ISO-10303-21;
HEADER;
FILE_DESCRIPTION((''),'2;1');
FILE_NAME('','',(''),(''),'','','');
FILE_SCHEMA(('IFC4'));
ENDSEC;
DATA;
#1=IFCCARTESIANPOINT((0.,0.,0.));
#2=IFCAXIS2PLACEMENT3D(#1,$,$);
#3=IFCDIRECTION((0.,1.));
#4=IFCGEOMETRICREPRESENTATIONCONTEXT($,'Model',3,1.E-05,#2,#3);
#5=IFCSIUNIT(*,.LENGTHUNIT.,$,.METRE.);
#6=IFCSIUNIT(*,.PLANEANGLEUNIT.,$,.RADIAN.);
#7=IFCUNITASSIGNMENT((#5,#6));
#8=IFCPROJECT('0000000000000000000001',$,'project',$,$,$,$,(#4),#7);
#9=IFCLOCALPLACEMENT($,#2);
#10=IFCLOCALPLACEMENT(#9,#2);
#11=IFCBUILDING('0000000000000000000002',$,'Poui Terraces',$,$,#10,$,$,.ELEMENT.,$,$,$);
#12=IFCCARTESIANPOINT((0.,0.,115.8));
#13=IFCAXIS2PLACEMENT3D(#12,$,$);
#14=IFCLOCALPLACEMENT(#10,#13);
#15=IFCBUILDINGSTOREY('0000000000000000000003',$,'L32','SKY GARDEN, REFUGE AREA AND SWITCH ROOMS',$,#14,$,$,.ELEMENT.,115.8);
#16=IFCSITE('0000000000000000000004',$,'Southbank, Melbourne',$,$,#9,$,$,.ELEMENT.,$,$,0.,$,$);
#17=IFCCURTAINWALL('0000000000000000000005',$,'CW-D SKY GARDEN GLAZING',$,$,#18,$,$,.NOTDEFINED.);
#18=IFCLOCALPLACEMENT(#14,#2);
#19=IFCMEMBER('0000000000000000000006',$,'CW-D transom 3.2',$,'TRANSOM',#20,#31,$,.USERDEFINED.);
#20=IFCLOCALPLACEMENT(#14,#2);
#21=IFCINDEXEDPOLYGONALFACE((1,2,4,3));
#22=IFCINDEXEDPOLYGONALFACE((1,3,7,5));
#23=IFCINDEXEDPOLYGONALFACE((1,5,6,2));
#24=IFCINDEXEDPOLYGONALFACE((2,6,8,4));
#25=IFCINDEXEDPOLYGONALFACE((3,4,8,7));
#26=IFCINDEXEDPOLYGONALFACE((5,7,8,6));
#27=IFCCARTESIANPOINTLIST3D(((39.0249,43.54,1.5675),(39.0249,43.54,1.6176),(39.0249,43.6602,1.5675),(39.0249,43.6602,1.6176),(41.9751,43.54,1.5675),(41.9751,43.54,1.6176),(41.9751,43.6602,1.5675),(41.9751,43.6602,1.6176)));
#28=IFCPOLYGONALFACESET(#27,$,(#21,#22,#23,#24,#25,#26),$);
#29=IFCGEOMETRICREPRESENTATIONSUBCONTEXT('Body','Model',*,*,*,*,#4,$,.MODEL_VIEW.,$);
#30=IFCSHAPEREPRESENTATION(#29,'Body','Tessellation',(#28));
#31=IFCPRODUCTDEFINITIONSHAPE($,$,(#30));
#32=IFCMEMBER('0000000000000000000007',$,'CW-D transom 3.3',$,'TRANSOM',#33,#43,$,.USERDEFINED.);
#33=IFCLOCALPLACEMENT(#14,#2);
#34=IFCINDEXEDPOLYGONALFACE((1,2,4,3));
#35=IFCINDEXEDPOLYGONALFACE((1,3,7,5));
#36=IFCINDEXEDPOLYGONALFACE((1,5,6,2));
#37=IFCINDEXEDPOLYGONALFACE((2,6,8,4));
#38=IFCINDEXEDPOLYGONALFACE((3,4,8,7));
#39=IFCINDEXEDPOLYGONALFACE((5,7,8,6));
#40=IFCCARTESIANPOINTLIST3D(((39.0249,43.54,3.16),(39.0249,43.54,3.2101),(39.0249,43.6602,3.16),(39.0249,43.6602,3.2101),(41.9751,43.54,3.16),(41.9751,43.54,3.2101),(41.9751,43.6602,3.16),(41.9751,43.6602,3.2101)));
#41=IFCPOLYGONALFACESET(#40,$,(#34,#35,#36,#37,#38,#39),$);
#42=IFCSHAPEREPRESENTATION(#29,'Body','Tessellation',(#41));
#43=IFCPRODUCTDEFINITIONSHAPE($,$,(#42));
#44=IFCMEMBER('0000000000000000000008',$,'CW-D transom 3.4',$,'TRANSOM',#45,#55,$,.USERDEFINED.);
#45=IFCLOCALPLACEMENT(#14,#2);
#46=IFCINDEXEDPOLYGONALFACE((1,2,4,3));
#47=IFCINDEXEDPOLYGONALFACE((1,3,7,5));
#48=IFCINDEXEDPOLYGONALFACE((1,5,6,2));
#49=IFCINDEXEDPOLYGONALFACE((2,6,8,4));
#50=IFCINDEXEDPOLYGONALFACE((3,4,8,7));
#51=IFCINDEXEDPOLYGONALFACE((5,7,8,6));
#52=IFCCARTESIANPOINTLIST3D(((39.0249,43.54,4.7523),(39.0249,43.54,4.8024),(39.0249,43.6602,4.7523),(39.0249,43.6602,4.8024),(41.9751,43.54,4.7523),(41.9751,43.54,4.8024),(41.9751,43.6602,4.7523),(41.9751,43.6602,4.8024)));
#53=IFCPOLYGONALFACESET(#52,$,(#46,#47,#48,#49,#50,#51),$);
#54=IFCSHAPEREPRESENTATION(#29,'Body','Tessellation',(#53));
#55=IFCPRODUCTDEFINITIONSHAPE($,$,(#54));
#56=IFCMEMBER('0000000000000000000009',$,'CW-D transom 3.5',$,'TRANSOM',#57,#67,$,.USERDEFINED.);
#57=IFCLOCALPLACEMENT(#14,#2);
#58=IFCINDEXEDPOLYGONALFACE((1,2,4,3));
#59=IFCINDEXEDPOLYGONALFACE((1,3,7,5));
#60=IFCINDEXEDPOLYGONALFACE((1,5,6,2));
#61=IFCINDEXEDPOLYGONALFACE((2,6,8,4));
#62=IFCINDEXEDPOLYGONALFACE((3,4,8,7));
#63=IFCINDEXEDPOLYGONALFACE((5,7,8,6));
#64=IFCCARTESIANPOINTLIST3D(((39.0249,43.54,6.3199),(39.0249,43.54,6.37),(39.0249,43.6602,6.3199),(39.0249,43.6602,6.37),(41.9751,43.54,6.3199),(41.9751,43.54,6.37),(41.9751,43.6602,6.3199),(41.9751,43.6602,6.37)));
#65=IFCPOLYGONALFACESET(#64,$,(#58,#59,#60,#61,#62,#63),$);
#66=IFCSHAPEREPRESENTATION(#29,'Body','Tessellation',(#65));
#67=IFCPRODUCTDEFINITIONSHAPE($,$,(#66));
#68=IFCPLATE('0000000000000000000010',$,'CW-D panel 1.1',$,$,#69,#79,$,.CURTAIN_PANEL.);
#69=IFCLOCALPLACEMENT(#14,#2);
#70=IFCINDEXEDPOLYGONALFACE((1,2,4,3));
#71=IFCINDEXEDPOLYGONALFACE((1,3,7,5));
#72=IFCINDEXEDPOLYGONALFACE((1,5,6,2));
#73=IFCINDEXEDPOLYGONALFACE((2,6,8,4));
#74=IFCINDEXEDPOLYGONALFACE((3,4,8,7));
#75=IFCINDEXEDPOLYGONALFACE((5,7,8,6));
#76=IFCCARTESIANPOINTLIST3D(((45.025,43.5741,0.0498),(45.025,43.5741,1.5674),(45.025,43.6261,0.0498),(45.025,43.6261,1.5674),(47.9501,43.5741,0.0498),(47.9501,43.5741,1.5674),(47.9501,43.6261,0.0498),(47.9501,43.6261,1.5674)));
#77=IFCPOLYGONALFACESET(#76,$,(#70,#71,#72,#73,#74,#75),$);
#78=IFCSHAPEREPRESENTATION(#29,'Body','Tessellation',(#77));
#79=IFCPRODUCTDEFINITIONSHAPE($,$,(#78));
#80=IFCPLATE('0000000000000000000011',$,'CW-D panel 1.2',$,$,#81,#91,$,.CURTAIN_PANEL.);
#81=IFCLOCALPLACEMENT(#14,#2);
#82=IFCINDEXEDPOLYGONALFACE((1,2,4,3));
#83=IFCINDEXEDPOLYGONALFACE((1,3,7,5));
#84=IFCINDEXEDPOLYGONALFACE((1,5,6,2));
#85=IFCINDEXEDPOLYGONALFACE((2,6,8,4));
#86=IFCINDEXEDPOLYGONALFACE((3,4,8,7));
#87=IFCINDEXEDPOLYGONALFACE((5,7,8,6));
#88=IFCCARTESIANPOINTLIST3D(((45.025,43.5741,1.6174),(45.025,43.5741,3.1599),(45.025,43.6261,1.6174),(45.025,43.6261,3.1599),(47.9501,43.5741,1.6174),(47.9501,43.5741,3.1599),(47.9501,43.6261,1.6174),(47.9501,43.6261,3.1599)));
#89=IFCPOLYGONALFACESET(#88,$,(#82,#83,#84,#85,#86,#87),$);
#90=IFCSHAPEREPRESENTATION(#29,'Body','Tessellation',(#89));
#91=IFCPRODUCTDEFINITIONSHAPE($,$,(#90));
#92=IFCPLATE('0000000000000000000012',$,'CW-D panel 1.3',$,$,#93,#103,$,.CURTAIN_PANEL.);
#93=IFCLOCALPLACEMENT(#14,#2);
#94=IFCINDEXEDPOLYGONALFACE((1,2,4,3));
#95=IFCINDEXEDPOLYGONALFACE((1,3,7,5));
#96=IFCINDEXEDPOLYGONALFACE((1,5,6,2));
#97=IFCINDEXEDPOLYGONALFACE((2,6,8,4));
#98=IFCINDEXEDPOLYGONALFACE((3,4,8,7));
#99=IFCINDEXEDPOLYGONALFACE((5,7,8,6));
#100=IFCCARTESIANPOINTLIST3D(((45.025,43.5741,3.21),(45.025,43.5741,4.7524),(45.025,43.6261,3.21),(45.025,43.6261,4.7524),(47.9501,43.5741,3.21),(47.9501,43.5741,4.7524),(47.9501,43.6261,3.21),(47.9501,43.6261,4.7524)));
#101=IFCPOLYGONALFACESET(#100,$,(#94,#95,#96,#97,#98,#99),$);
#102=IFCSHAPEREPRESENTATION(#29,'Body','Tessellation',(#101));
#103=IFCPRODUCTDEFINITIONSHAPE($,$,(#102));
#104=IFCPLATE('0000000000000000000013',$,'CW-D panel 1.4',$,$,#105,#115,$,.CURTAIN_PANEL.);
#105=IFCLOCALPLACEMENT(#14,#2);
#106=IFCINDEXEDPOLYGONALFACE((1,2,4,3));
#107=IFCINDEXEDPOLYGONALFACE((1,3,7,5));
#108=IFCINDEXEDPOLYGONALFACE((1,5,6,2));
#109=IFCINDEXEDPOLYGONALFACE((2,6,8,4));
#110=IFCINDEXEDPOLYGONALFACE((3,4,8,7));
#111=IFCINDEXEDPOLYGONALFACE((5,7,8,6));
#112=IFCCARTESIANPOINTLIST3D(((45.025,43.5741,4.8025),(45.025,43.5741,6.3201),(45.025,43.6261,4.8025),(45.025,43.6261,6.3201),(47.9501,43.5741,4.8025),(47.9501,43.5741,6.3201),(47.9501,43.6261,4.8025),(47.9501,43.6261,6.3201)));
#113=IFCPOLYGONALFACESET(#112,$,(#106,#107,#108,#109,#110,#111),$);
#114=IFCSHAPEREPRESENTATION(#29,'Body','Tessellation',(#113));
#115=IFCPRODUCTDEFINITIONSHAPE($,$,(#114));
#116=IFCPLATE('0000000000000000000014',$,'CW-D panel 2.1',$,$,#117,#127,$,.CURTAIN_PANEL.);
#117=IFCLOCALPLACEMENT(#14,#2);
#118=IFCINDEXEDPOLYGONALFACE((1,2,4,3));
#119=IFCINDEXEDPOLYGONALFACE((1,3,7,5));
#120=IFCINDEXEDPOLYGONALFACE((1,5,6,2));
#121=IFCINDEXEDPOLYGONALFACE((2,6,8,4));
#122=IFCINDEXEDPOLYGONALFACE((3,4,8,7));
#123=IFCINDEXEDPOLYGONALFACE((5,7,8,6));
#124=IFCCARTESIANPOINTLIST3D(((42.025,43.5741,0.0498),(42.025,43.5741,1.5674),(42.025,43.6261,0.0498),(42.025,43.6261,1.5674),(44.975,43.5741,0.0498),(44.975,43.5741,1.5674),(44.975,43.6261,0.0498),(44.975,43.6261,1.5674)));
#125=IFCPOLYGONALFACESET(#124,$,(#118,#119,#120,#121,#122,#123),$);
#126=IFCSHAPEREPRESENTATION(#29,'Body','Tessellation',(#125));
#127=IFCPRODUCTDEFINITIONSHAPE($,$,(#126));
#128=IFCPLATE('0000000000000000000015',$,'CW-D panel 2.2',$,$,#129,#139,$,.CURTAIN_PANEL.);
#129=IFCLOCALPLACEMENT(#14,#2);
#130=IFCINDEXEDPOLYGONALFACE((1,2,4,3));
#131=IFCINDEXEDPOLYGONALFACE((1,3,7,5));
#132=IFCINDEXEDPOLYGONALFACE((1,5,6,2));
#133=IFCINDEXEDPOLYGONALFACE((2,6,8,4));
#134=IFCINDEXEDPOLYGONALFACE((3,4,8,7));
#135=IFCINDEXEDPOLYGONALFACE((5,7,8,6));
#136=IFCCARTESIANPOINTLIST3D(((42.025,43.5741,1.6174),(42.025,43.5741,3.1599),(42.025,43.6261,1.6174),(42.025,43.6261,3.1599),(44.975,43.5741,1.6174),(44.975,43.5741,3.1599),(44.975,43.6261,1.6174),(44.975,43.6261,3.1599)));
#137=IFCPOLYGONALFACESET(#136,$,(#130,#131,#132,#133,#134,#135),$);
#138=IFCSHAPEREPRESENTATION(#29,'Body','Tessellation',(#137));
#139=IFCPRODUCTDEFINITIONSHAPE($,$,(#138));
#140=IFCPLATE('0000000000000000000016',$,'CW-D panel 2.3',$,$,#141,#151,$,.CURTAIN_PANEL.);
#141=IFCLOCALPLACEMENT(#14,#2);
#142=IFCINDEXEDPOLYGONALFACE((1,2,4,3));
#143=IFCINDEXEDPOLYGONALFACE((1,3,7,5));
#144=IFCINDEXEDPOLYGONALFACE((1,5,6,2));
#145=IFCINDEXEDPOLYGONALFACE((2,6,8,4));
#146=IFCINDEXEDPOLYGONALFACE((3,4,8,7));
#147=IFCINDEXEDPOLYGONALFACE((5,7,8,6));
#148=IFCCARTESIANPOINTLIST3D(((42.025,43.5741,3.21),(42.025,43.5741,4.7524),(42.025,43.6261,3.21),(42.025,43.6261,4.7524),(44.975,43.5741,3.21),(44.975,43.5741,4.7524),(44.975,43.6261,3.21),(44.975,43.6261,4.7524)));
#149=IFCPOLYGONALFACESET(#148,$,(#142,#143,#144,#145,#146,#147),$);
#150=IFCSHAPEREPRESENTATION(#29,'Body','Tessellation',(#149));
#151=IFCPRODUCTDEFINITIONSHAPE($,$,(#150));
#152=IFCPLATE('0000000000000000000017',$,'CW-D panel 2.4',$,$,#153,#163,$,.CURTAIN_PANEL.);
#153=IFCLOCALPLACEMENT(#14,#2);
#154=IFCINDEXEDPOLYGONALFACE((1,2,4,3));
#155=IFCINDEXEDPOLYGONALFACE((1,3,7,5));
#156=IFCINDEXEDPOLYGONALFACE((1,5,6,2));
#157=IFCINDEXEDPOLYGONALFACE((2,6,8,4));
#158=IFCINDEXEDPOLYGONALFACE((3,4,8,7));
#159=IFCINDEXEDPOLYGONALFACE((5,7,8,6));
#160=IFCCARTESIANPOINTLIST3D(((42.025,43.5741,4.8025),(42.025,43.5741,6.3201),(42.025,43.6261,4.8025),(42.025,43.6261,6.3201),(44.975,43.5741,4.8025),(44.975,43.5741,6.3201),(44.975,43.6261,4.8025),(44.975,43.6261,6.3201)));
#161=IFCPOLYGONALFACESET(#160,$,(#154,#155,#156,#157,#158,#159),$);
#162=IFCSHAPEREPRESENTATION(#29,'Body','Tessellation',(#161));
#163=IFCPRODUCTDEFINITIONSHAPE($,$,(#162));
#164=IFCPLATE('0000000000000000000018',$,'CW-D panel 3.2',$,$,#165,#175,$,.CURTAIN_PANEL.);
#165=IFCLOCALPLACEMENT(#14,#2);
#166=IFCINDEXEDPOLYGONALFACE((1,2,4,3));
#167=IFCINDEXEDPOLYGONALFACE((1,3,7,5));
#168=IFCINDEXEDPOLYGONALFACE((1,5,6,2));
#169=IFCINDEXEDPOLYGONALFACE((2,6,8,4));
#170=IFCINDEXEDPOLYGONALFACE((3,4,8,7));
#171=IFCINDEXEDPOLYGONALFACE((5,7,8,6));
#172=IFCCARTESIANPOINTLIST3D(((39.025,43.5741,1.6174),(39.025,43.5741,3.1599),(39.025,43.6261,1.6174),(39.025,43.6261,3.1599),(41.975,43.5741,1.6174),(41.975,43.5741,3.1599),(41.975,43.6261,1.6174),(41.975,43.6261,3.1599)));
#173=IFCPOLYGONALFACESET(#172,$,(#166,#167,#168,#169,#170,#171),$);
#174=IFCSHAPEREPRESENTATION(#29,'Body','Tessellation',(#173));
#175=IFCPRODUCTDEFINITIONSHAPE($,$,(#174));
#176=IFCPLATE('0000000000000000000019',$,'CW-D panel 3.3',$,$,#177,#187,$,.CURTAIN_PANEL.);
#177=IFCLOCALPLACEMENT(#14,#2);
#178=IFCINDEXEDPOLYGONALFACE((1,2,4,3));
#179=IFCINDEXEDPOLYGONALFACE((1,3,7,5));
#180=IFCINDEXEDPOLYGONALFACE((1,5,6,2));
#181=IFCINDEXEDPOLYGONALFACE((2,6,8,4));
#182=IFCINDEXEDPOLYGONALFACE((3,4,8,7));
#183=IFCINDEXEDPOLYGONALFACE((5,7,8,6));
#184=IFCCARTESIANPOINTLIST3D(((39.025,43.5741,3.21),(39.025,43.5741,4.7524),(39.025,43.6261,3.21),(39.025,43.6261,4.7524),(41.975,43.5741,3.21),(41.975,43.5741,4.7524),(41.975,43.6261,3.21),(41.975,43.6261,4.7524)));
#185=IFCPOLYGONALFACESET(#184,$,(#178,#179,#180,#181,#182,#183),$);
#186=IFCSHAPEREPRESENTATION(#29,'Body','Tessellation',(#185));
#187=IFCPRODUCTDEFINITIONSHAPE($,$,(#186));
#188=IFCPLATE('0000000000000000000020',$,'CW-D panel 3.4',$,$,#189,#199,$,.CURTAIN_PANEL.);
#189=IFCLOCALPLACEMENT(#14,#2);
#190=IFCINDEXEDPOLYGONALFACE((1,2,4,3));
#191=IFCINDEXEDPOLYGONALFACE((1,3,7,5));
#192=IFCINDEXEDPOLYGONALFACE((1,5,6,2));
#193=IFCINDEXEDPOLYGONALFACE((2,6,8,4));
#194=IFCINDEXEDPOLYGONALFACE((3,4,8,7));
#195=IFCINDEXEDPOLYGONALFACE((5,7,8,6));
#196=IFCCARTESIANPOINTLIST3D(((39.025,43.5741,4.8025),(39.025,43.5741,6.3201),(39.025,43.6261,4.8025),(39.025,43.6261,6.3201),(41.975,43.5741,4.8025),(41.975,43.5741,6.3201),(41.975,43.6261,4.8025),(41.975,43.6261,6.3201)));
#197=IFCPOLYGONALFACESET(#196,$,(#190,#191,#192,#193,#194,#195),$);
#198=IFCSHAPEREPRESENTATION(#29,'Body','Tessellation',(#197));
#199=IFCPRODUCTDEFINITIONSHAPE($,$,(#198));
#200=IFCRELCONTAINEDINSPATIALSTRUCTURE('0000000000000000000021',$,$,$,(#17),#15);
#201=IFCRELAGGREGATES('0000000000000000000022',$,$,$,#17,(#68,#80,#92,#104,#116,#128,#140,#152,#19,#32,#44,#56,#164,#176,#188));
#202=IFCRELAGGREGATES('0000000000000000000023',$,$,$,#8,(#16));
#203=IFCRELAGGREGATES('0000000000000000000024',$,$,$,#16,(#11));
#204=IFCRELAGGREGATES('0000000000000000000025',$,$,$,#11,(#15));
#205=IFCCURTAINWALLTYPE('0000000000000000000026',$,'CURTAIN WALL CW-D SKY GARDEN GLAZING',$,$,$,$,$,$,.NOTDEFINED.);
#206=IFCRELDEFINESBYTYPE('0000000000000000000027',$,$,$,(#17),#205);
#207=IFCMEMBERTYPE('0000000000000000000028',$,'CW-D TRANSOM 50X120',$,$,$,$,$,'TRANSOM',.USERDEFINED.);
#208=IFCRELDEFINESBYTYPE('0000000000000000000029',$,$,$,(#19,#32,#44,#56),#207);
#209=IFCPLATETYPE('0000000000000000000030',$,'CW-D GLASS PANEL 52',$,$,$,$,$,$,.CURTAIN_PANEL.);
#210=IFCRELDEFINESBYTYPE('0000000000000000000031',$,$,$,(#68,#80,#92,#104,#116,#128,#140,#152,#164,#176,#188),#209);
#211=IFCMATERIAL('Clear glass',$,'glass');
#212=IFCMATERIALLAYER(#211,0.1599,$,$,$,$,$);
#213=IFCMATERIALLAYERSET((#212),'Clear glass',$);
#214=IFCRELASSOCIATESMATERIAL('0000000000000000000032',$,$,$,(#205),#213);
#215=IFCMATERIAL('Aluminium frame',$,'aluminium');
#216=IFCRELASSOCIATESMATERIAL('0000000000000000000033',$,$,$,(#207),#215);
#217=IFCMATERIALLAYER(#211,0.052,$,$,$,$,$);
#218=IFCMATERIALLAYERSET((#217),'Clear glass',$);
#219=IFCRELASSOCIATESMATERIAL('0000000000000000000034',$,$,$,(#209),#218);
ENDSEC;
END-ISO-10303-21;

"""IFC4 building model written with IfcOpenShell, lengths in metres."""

from ifc_helpers import new_model, si_unit, direction, frame, origin, origin_2d, place, context, subcontext, project, spatial, rectangle, extrude, material, layer, layer_set, material_profile, profile_set, type_object, element, aggregate, save


model = new_model("IFC4")

# Units and contexts
model_context = context("Model", 3, precision=1e-05, world=origin(), true_north=direction((0.0, 1.0)))
body_context = subcontext(model_context, "Body", "Model", "MODEL_VIEW")
ifc_project = project(units=[si_unit("LENGTHUNIT", "METRE"), si_unit("PLANEANGLEUNIT", "RADIAN")], contexts=[model_context])

# Site, building, storey
site_placement = place(None, origin())
site = spatial("IfcSite", under=ifc_project, at=site_placement, Name="Southbank, Melbourne", CompositionType="ELEMENT", RefElevation=0.0)
building_placement = place(site_placement, origin())
building = spatial("IfcBuilding", under=site, at=building_placement, Name="Poui Terraces", CompositionType="ELEMENT")
storey_placement = place(building_placement, frame((0.0, 0.0, 115.8)))
storey = spatial("IfcBuildingStorey", under=building, at=storey_placement, Name="L32", Description="SKY GARDEN, REFUGE AREA AND SWITCH ROOMS", CompositionType="ELEMENT", Elevation=115.8)

# Curtain wall
ifc_material_1 = material(Name="Clear glass", Category="glass")
ifc_layer_1 = layer(ifc_material_1, 0.1599)
ifc_layer_set_1 = layer_set([ifc_layer_1], Name="Clear glass")
curtain_wall_type = type_object("IfcCurtainWallType", Name="CURTAIN WALL CW-D SKY GARDEN GLAZING", PredefinedType="NOTDEFINED", material=ifc_layer_set_1)
curtain_wall_1_placement = place(storey_placement, origin())
curtain_wall_1 = element("IfcCurtainWall", 1, at=curtain_wall_1_placement, inside=storey, type_object=curtain_wall_type, Name="CW-D SKY GARDEN GLAZING", PredefinedType="NOTDEFINED")
ifc_material_2 = material(Name="Aluminium frame", Category="aluminium")

# Members
ifc_material_profile_1 = material_profile(ifc_material_2, rectangle(XDim=0.1201, YDim=0.05, at=origin_2d()), Name="CW-D TRANSOM 50X120")
ifc_profile_set_1 = profile_set([ifc_material_profile_1], Name="Aluminium frame")
member_type_1 = type_object("IfcMemberType", Name="CW-D TRANSOM 50X120", ElementType="TRANSOM", PredefinedType="USERDEFINED", material=ifc_profile_set_1)
member_1_placement = place(storey_placement, frame((41.9751, 43.6001, 1.5925), z_axis=(-1.0, 0.0, 0.0), x_axis=(0.0, -1.0, 0.0)))
member_1 = element("IfcMember", 2, at=member_1_placement, type_object=member_type_1, Name="CW-D transom 3.2", ObjectType="TRANSOM", PredefinedType="USERDEFINED", context=body_context, shape_type="SweptSolid", body=[
    extrude(rectangle(XDim=0.1201, YDim=0.05, at=origin_2d()), origin(), (0.0, 0.0, 1.0), 2.9502),
])
member_2_placement = place(storey_placement, frame((41.9751, 43.6001, 3.1851), z_axis=(-1.0, 0.0, 0.0), x_axis=(0.0, -1.0, 0.0)))
member_2 = element("IfcMember", 3, at=member_2_placement, type_object=member_type_1, Name="CW-D transom 3.3", ObjectType="TRANSOM", PredefinedType="USERDEFINED", context=body_context, shape_type="SweptSolid", body=[
    extrude(rectangle(XDim=0.1201, YDim=0.05, at=origin_2d()), origin(), (0.0, 0.0, 1.0), 2.9502),
])
member_3_placement = place(storey_placement, frame((41.9751, 43.6001, 4.7773), z_axis=(-1.0, 0.0, 0.0), x_axis=(0.0, -1.0, 0.0)))
member_3 = element("IfcMember", 4, at=member_3_placement, type_object=member_type_1, Name="CW-D transom 3.4", ObjectType="TRANSOM", PredefinedType="USERDEFINED", context=body_context, shape_type="SweptSolid", body=[
    extrude(rectangle(XDim=0.1201, YDim=0.05, at=origin_2d()), origin(), (0.0, 0.0, 1.0), 2.9502),
])
member_4_placement = place(storey_placement, frame((41.9751, 43.6001, 6.345), z_axis=(-1.0, 0.0, 0.0), x_axis=(0.0, -1.0, 0.0)))
member_4 = element("IfcMember", 5, at=member_4_placement, type_object=member_type_1, Name="CW-D transom 3.5", ObjectType="TRANSOM", PredefinedType="USERDEFINED", context=body_context, shape_type="SweptSolid", body=[
    extrude(rectangle(XDim=0.1201, YDim=0.05, at=origin_2d()), origin(), (0.0, 0.0, 1.0), 2.9502),
])

# Plates
ifc_layer_2 = layer(ifc_material_1, 0.052)
ifc_layer_set_2 = layer_set([ifc_layer_2], Name="Clear glass")
plate_type = type_object("IfcPlateType", Name="CW-D GLASS PANEL 52", PredefinedType="CURTAIN_PANEL", material=ifc_layer_set_2)
plate_1_placement = place(storey_placement, frame((46.4875, 43.6001, 0.0498), z_axis=(0.0, 0.0, 1.0), x_axis=(-1.0, 0.0, 0.0)))
plate_1 = element("IfcPlate", 6, at=plate_1_placement, type_object=plate_type, Name="CW-D panel 1.1", PredefinedType="CURTAIN_PANEL", context=body_context, shape_type="SweptSolid", body=[
    extrude(rectangle(XDim=2.925, YDim=0.052, at=origin_2d()), origin(), (0.0, 0.0, 1.0), 1.5176),
])
plate_2_placement = place(storey_placement, frame((46.4875, 43.6001, 1.6174), z_axis=(0.0, 0.0, 1.0), x_axis=(-1.0, 0.0, 0.0)))
plate_2 = element("IfcPlate", 7, at=plate_2_placement, type_object=plate_type, Name="CW-D panel 1.2", PredefinedType="CURTAIN_PANEL", context=body_context, shape_type="SweptSolid", body=[
    extrude(rectangle(XDim=2.925, YDim=0.052, at=origin_2d()), origin(), (0.0, 0.0, 1.0), 1.5425),
])
plate_3_placement = place(storey_placement, frame((46.4875, 43.6001, 3.21), z_axis=(0.0, 0.0, 1.0), x_axis=(-1.0, 0.0, 0.0)))
plate_3 = element("IfcPlate", 8, at=plate_3_placement, type_object=plate_type, Name="CW-D panel 1.3", PredefinedType="CURTAIN_PANEL", context=body_context, shape_type="SweptSolid", body=[
    extrude(rectangle(XDim=2.925, YDim=0.052, at=origin_2d()), origin(), (0.0, 0.0, 1.0), 1.5425),
])
plate_4_placement = place(storey_placement, frame((46.4875, 43.6001, 4.8025), z_axis=(0.0, 0.0, 1.0), x_axis=(-1.0, 0.0, 0.0)))
plate_4 = element("IfcPlate", 9, at=plate_4_placement, type_object=plate_type, Name="CW-D panel 1.4", PredefinedType="CURTAIN_PANEL", context=body_context, shape_type="SweptSolid", body=[
    extrude(rectangle(XDim=2.925, YDim=0.052, at=origin_2d()), origin(), (0.0, 0.0, 1.0), 1.5176),
])
plate_5_placement = place(storey_placement, frame((43.5, 43.6001, 0.0498), z_axis=(0.0, 0.0, 1.0), x_axis=(-1.0, 0.0, 0.0)))
plate_5 = element("IfcPlate", 10, at=plate_5_placement, type_object=plate_type, Name="CW-D panel 2.1", PredefinedType="CURTAIN_PANEL", context=body_context, shape_type="SweptSolid", body=[
    extrude(rectangle(XDim=2.95, YDim=0.052, at=origin_2d()), origin(), (0.0, 0.0, 1.0), 1.5176),
])
plate_6_placement = place(storey_placement, frame((43.5, 43.6001, 1.6174), z_axis=(0.0, 0.0, 1.0), x_axis=(-1.0, 0.0, 0.0)))
plate_6 = element("IfcPlate", 11, at=plate_6_placement, type_object=plate_type, Name="CW-D panel 2.2", PredefinedType="CURTAIN_PANEL", context=body_context, shape_type="SweptSolid", body=[
    extrude(rectangle(XDim=2.95, YDim=0.052, at=origin_2d()), origin(), (0.0, 0.0, 1.0), 1.5425),
])
plate_7_placement = place(storey_placement, frame((43.5, 43.6001, 3.21), z_axis=(0.0, 0.0, 1.0), x_axis=(-1.0, 0.0, 0.0)))
plate_7 = element("IfcPlate", 12, at=plate_7_placement, type_object=plate_type, Name="CW-D panel 2.3", PredefinedType="CURTAIN_PANEL", context=body_context, shape_type="SweptSolid", body=[
    extrude(rectangle(XDim=2.95, YDim=0.052, at=origin_2d()), origin(), (0.0, 0.0, 1.0), 1.5425),
])
plate_8_placement = place(storey_placement, frame((43.5, 43.6001, 4.8025), z_axis=(0.0, 0.0, 1.0), x_axis=(-1.0, 0.0, 0.0)))
plate_8 = element("IfcPlate", 13, at=plate_8_placement, type_object=plate_type, Name="CW-D panel 2.4", PredefinedType="CURTAIN_PANEL", context=body_context, shape_type="SweptSolid", body=[
    extrude(rectangle(XDim=2.95, YDim=0.052, at=origin_2d()), origin(), (0.0, 0.0, 1.0), 1.5176),
])
plate_9_placement = place(storey_placement, frame((40.5, 43.6001, 1.6174), z_axis=(0.0, 0.0, 1.0), x_axis=(-1.0, 0.0, 0.0)))
plate_9 = element("IfcPlate", 14, at=plate_9_placement, type_object=plate_type, Name="CW-D panel 3.2", PredefinedType="CURTAIN_PANEL", context=body_context, shape_type="SweptSolid", body=[
    extrude(rectangle(XDim=2.95, YDim=0.052, at=origin_2d()), origin(), (0.0, 0.0, 1.0), 1.5425),
])
plate_10_placement = place(storey_placement, frame((40.5, 43.6001, 3.21), z_axis=(0.0, 0.0, 1.0), x_axis=(-1.0, 0.0, 0.0)))
plate_10 = element("IfcPlate", 15, at=plate_10_placement, type_object=plate_type, Name="CW-D panel 3.3", PredefinedType="CURTAIN_PANEL", context=body_context, shape_type="SweptSolid", body=[
    extrude(rectangle(XDim=2.95, YDim=0.052, at=origin_2d()), origin(), (0.0, 0.0, 1.0), 1.5425),
])
plate_11_placement = place(storey_placement, frame((40.5, 43.6001, 4.8025), z_axis=(0.0, 0.0, 1.0), x_axis=(-1.0, 0.0, 0.0)))
plate_11 = element("IfcPlate", 16, at=plate_11_placement, type_object=plate_type, Name="CW-D panel 3.4", PredefinedType="CURTAIN_PANEL", context=body_context, shape_type="SweptSolid", body=[
    extrude(rectangle(XDim=2.95, YDim=0.052, at=origin_2d()), origin(), (0.0, 0.0, 1.0), 1.5176),
])
aggregate(curtain_wall_1, [plate_1, plate_2, plate_3, plate_4, plate_5, plate_6, plate_7, plate_8, member_1, member_2, member_3, member_4, plate_9, plate_10, plate_11])

save(model, "model.ifc")
